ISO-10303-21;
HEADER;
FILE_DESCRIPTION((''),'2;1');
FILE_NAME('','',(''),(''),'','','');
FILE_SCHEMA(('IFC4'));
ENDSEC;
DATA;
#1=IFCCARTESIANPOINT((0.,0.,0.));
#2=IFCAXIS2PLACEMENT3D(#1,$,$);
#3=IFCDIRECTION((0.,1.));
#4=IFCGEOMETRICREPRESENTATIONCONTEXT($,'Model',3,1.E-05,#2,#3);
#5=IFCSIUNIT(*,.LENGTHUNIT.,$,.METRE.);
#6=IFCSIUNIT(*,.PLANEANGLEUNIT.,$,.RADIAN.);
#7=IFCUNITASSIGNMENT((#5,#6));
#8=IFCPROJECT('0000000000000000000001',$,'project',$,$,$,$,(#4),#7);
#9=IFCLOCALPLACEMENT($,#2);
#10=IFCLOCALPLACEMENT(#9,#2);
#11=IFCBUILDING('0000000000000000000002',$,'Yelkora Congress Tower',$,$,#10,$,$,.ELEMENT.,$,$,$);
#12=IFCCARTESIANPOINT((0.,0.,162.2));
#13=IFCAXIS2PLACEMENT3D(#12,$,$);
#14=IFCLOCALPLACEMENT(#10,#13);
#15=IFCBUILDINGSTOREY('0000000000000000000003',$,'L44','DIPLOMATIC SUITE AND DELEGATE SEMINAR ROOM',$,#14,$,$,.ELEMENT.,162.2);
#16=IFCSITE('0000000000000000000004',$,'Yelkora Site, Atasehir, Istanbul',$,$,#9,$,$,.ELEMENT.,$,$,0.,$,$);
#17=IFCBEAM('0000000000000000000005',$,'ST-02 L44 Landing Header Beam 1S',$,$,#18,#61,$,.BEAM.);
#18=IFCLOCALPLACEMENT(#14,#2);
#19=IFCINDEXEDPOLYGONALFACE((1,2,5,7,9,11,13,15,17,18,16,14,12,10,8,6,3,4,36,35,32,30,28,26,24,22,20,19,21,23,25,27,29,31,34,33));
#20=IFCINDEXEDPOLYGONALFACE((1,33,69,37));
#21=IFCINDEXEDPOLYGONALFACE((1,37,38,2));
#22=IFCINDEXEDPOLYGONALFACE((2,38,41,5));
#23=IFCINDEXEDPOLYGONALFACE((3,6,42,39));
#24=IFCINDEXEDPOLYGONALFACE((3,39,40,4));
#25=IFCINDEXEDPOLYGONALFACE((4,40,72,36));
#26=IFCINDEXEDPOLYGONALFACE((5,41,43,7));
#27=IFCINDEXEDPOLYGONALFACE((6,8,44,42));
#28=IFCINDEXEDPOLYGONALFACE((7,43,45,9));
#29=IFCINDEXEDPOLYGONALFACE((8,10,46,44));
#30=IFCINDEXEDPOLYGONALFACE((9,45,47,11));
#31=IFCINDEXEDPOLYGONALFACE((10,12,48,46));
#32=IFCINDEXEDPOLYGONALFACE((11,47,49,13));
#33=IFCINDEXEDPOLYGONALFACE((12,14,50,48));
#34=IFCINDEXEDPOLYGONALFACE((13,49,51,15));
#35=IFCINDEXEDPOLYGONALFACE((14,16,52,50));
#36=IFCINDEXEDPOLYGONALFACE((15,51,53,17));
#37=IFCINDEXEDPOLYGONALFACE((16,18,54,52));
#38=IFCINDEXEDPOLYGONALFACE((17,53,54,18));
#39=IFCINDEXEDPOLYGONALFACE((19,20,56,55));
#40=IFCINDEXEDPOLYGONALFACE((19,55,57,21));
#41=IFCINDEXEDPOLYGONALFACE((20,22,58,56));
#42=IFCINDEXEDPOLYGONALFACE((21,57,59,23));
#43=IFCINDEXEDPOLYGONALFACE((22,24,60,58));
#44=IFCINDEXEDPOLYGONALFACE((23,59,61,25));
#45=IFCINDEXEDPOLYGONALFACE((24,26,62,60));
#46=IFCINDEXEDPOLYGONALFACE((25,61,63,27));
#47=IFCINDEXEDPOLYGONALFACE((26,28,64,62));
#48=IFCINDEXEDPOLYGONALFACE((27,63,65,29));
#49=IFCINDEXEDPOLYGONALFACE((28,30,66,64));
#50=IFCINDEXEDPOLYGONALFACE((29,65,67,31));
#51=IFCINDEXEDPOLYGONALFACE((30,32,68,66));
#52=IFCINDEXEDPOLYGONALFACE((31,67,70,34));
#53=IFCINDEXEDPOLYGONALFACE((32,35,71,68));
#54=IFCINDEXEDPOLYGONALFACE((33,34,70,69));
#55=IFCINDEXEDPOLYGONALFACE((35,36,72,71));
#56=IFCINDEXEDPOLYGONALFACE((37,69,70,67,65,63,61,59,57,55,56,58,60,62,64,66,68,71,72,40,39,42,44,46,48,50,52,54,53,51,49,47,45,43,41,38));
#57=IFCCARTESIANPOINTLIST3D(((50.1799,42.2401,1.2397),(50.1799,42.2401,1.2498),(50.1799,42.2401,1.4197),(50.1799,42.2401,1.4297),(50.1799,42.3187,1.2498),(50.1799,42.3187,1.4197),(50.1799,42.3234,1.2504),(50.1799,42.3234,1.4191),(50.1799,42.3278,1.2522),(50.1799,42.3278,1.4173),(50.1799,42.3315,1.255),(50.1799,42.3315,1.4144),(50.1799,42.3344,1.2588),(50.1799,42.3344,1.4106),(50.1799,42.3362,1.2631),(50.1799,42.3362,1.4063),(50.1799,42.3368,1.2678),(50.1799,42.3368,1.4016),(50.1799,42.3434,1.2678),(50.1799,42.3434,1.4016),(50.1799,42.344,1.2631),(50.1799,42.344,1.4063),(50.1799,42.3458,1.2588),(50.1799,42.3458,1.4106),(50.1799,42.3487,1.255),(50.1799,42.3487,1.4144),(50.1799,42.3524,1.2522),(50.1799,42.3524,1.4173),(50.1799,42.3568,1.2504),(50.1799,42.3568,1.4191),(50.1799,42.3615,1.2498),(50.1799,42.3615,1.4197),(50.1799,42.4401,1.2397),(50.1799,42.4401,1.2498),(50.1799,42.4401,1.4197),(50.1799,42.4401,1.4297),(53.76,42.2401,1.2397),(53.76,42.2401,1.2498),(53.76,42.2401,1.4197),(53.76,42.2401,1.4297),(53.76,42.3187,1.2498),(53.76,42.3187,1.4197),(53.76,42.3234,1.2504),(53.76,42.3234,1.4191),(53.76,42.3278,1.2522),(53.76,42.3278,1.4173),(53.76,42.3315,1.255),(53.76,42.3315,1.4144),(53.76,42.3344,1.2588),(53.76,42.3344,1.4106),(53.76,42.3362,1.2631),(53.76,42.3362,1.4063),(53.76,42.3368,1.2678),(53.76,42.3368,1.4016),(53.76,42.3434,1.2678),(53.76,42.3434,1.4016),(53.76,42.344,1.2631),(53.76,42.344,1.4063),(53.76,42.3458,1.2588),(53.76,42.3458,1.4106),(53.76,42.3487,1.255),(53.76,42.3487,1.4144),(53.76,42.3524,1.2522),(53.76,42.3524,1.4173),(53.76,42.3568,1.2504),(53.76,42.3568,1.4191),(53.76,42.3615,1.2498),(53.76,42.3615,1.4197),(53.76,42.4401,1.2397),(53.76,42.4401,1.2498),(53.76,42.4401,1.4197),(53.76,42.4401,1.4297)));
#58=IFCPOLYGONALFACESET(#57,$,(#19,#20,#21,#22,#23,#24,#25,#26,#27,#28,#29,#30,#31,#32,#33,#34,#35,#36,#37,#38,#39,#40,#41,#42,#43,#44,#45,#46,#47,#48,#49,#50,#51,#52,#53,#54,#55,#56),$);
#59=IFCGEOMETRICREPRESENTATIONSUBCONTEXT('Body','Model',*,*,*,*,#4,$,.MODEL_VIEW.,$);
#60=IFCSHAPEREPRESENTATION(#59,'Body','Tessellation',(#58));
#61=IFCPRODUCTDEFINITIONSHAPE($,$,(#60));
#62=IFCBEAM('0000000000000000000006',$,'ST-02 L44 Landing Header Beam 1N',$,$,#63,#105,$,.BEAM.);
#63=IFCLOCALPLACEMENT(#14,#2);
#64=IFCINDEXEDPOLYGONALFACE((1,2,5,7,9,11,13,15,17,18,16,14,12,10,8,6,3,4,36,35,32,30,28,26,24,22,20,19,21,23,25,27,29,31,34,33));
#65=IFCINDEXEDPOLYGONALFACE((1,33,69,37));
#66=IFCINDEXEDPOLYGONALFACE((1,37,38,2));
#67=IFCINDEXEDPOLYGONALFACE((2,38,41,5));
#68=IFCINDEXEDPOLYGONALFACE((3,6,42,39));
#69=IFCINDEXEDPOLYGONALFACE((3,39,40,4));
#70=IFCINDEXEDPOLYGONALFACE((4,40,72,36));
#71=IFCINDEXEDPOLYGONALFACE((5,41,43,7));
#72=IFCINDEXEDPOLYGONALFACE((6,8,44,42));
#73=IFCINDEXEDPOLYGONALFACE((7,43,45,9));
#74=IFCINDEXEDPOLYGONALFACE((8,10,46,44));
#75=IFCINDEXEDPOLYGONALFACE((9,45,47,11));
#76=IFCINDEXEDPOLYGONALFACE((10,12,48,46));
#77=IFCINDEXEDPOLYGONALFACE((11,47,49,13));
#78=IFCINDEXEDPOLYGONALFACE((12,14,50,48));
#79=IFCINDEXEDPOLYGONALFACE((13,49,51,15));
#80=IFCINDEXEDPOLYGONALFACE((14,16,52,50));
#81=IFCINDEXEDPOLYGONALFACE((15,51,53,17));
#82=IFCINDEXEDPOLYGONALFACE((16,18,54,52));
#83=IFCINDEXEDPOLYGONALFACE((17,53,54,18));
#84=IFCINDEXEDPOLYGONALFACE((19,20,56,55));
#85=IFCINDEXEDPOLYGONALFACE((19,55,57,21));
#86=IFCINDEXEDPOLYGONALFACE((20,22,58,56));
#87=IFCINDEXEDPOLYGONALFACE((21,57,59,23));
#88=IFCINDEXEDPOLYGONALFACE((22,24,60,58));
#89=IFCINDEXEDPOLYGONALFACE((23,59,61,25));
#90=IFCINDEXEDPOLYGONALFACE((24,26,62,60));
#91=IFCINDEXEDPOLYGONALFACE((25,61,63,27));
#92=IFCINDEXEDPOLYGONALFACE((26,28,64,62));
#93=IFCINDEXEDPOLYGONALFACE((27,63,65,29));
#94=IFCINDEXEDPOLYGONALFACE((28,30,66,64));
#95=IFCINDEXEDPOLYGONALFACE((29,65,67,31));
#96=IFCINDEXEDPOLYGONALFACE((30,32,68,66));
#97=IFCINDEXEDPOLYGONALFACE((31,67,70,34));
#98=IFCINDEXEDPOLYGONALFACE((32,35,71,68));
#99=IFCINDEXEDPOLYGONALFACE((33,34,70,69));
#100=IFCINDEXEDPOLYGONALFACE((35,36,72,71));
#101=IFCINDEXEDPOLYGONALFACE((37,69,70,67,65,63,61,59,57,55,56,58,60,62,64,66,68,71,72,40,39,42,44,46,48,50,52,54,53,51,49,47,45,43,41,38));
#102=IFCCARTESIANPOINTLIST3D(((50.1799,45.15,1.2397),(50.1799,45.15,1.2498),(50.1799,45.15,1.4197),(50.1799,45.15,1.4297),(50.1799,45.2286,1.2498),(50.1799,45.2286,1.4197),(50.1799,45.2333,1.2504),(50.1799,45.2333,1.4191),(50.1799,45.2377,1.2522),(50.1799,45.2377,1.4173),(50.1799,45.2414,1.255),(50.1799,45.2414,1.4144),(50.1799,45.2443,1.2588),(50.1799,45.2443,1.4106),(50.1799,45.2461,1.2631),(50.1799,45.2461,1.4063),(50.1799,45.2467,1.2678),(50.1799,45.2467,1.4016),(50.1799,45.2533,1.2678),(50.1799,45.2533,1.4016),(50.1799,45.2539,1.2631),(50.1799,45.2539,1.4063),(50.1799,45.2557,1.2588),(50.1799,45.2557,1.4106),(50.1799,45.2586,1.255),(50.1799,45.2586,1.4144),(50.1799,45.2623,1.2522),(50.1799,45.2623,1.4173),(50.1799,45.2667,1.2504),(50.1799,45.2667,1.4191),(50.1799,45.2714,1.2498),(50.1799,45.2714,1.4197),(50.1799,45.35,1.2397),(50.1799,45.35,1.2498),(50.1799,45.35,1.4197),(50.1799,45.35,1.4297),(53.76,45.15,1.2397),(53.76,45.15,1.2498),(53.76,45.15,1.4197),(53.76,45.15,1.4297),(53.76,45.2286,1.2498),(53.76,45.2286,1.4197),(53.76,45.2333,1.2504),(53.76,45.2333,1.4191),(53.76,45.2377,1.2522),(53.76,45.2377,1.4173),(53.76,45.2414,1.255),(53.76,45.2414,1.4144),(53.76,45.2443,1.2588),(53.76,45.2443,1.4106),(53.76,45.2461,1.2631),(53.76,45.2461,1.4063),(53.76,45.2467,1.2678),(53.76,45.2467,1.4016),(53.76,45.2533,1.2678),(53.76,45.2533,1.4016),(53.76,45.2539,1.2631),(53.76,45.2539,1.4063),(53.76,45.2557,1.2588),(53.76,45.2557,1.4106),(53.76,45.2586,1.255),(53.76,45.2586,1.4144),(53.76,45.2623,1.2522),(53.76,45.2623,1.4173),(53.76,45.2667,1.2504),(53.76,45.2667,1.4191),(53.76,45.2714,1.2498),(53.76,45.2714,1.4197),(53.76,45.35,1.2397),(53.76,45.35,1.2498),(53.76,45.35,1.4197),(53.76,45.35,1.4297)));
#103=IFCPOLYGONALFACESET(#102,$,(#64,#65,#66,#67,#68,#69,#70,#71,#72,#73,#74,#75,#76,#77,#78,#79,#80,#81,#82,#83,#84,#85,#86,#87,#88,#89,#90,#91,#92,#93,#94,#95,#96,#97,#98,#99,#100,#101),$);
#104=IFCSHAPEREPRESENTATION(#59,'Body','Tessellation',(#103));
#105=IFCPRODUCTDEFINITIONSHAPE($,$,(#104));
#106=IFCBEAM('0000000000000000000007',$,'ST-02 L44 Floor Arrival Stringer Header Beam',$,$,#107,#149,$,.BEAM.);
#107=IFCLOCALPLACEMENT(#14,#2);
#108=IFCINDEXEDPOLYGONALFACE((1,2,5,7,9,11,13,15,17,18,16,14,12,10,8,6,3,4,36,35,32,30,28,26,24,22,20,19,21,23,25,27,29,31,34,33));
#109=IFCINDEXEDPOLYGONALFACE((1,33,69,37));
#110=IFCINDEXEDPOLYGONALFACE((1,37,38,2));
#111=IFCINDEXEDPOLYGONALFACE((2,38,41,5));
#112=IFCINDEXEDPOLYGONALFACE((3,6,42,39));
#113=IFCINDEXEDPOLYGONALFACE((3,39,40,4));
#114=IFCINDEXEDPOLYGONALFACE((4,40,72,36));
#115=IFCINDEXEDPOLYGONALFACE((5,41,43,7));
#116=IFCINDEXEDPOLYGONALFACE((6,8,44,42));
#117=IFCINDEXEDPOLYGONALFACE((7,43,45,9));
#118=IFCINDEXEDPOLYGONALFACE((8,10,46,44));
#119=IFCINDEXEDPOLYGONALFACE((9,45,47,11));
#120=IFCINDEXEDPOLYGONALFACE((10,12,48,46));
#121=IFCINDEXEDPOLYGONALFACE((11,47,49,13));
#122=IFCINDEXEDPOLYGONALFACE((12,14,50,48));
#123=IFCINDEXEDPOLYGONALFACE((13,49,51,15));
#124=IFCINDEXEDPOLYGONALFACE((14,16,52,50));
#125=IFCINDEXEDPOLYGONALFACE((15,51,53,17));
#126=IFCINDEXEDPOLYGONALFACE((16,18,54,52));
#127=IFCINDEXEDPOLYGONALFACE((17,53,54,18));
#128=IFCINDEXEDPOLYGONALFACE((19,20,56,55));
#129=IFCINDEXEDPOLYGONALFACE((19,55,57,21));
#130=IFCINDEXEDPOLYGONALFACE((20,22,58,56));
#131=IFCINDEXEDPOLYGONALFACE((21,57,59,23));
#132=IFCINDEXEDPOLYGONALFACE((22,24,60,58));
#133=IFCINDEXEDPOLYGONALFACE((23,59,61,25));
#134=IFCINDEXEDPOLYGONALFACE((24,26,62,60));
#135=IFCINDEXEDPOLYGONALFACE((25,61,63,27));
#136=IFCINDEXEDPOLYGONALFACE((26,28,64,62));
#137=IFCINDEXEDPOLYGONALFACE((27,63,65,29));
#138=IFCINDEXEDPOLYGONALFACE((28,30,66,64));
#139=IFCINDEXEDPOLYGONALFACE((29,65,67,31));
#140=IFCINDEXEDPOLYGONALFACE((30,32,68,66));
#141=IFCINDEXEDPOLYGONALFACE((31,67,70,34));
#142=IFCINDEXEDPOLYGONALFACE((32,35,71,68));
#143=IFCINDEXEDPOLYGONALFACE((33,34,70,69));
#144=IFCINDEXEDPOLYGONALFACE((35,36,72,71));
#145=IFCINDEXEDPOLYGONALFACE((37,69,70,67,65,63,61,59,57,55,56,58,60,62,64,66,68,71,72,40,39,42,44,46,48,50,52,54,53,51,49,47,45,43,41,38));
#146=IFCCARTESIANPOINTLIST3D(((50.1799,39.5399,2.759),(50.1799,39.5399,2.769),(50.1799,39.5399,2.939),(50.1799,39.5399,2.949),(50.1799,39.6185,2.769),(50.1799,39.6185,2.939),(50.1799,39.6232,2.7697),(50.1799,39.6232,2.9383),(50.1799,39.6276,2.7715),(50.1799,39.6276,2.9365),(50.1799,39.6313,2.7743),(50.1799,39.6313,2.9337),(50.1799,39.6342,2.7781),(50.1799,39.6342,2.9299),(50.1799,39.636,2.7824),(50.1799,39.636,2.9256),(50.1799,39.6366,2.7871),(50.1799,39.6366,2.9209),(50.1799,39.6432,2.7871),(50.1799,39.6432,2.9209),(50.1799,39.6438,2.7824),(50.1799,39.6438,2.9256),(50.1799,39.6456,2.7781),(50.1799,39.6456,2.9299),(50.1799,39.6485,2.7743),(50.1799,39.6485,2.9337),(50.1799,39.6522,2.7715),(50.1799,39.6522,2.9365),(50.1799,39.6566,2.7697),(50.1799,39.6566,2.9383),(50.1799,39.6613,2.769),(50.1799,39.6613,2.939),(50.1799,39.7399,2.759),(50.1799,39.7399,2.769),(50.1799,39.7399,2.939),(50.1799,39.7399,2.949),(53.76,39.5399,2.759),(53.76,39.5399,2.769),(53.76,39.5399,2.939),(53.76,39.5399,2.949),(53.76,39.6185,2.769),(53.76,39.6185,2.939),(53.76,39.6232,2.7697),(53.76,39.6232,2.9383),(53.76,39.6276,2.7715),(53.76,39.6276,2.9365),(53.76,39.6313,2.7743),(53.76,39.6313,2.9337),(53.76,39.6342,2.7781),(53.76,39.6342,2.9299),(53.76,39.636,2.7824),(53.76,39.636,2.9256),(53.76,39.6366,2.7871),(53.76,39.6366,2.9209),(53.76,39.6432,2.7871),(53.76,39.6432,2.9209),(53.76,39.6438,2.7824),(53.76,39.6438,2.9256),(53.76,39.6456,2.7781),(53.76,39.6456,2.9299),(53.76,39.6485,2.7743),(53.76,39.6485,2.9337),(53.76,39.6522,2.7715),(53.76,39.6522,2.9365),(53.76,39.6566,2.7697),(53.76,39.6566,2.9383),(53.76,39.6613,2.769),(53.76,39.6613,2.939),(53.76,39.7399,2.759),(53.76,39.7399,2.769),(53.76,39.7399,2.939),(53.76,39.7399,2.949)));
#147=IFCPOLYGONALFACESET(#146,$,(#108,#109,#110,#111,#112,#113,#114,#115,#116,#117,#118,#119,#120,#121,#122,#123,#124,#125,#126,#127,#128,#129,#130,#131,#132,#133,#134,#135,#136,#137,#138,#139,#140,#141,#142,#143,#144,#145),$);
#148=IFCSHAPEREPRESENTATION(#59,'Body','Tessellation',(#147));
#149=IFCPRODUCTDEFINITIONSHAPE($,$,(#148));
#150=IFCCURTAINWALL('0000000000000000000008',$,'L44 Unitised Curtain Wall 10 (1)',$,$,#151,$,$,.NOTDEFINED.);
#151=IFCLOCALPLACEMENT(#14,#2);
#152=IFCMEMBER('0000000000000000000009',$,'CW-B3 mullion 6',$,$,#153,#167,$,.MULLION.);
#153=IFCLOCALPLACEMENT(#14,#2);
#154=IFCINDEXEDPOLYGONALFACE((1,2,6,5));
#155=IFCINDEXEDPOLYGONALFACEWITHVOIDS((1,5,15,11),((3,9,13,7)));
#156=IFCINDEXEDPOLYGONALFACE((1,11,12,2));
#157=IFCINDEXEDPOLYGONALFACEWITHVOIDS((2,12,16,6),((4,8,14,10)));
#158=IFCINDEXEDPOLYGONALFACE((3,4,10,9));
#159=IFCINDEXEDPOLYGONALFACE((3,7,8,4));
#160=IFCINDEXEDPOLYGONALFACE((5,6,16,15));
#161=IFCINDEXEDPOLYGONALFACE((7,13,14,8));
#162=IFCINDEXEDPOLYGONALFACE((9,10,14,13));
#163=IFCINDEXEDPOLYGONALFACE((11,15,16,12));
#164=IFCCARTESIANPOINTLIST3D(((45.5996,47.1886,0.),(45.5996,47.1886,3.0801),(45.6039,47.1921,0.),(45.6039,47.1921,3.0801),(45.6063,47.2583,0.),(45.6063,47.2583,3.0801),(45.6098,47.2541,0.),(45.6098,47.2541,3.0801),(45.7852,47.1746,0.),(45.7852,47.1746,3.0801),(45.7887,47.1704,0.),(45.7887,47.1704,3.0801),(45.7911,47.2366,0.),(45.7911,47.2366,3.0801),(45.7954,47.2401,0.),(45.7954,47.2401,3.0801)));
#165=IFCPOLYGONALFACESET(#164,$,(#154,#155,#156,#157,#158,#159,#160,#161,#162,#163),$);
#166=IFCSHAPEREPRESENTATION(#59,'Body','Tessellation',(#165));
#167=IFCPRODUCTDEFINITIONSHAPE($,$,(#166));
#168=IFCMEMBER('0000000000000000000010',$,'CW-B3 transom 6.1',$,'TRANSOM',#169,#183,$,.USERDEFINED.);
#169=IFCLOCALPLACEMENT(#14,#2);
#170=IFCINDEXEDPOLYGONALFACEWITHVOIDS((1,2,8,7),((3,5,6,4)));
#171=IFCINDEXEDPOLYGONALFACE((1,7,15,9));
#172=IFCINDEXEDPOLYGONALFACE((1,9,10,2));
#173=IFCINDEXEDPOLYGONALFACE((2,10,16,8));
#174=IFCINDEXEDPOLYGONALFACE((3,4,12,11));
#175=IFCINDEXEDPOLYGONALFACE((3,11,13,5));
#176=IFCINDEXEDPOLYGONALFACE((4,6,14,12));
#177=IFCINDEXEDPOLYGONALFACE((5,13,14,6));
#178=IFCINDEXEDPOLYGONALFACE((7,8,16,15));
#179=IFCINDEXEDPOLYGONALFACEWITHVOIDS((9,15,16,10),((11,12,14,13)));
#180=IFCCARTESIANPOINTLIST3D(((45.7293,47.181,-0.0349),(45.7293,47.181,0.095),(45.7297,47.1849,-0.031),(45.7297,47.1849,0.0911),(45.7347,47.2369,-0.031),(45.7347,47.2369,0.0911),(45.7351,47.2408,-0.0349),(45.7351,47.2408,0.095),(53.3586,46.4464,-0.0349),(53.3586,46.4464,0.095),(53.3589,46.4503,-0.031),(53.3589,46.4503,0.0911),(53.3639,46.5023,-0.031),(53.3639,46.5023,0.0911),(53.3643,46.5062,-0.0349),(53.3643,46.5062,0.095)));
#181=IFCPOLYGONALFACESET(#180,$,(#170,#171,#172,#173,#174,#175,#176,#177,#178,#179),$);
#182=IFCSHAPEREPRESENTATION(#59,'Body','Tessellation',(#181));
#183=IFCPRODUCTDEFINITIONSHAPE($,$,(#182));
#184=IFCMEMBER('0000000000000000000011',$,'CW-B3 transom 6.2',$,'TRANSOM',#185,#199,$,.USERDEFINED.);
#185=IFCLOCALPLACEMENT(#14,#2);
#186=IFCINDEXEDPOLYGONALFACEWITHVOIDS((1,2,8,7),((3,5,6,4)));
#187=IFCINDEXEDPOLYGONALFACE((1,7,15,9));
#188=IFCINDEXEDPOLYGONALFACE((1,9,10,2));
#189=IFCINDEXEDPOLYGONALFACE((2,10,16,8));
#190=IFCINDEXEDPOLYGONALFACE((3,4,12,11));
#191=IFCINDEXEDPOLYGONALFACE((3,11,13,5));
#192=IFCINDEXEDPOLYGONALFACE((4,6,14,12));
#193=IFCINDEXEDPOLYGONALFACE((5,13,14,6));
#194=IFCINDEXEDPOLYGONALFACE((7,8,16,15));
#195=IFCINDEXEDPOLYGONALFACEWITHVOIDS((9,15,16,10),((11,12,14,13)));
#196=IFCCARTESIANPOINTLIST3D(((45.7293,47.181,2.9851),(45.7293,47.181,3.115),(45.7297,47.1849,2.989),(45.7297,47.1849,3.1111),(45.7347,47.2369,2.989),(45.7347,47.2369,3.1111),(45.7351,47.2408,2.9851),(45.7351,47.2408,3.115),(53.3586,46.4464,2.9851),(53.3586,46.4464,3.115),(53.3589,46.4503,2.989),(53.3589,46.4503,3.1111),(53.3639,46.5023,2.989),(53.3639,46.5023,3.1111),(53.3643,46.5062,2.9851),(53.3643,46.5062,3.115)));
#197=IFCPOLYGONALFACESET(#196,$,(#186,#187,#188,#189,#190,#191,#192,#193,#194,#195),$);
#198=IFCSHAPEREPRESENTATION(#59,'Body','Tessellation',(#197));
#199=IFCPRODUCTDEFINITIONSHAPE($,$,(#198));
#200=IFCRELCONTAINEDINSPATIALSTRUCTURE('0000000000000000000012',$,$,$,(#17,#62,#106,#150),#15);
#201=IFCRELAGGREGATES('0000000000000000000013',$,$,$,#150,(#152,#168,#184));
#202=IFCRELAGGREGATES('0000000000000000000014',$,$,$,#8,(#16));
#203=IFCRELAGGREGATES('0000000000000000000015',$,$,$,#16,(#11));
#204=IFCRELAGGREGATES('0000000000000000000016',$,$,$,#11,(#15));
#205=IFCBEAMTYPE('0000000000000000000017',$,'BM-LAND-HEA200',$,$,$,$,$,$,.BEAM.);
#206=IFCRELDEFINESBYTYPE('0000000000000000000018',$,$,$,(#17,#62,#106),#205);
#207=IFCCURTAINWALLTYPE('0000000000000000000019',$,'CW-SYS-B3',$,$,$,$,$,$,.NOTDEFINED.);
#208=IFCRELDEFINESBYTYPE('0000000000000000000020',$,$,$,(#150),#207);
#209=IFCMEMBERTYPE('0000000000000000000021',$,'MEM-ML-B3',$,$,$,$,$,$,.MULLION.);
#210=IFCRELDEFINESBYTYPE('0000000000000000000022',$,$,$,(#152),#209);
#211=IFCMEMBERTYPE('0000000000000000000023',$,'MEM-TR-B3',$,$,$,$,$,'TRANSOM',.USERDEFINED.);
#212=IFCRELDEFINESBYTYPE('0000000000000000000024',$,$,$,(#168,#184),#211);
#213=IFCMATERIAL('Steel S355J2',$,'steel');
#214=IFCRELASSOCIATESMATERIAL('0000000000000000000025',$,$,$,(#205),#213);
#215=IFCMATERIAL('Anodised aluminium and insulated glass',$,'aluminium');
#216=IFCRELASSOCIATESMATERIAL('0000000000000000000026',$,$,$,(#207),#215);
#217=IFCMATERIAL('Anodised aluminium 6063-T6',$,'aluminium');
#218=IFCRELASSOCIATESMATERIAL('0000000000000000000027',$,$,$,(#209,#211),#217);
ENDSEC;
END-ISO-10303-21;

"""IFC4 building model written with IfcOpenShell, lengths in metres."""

from ifc_helpers import new_model, si_unit, direction, frame, origin, origin_2d, place, context, subcontext, project, spatial, hollow_rectangle, i_section, extrude, material, material_profile, profile_set, type_object, element, aggregate, save


model = new_model("IFC4")

# Units and contexts
model_context = context("Model", 3, precision=1e-05, world=origin(), true_north=direction((0.0, 1.0)))
body_context = subcontext(model_context, "Body", "Model", "MODEL_VIEW")
ifc_project = project(units=[si_unit("LENGTHUNIT", "METRE"), si_unit("PLANEANGLEUNIT", "RADIAN")], contexts=[model_context])

# Site, building, storey
site_placement = place(None, origin())
site = spatial("IfcSite", under=ifc_project, at=site_placement, Name="Yelkora Site, Atasehir, Istanbul", CompositionType="ELEMENT", RefElevation=0.0)
building_placement = place(site_placement, origin())
building = spatial("IfcBuilding", under=site, at=building_placement, Name="Yelkora Congress Tower", CompositionType="ELEMENT")
storey_placement = place(building_placement, frame((0.0, 0.0, 162.2)))
storey = spatial("IfcBuildingStorey", under=building, at=storey_placement, Name="L44", Description="DIPLOMATIC SUITE AND DELEGATE SEMINAR ROOM", CompositionType="ELEMENT", Elevation=162.2)

# Beams
ifc_material_1 = material(Name="Steel S355J2", Category="steel")
ifc_material_profile_1 = material_profile(ifc_material_1, i_section(OverallWidth=0.2, OverallDepth=0.1899, WebThickness=0.0066, FlangeThickness=0.01, FilletRadius=0.0181, at=origin_2d()), Name="HEA 200")
ifc_profile_set_1 = profile_set([ifc_material_profile_1], Name="Steel S355J2")
beam_type_1 = type_object("IfcBeamType", Name="BM-LAND-HEA200", PredefinedType="BEAM", material=ifc_profile_set_1)
for number, where, z_axis, x_axis, name in (
    (1, (50.1799, 42.3401, 1.3347), (1.0, 0.0, 0.0), (0.0, 1.0, 0.0), "ST-02 L44 Landing Header Beam 1S"),
    (2, (50.1799, 45.25, 1.3347), (1.0, 0.0, 0.0), (0.0, 1.0, 0.0), "ST-02 L44 Landing Header Beam 1N"),
    (3, (50.1799, 39.6399, 2.854), (1.0, 0.0, 0.0), (0.0, 1.0, 0.0), "ST-02 L44 Floor Arrival Stringer Header Beam"),
):
    element("IfcBeam", number, at=place(storey_placement, frame(where, z_axis=z_axis, x_axis=x_axis)), inside=storey, type_object=beam_type_1, Name=name, PredefinedType="BEAM", context=body_context, shape_type="SweptSolid", body=[
        extrude(i_section(OverallWidth=0.2, OverallDepth=0.1899, WebThickness=0.0066, FlangeThickness=0.01, FilletRadius=0.0181, at=origin_2d()), origin(), (0.0, 0.0, 1.0), 3.5801),
    ])

# Curtain wall, members
ifc_material_2 = material(Name="Anodised aluminium and insulated glass", Category="aluminium")
curtain_wall_type = type_object("IfcCurtainWallType", Name="CW-SYS-B3", PredefinedType="NOTDEFINED", material=ifc_material_2)
curtain_wall_placement = place(storey_placement, origin())
curtain_wall = element("IfcCurtainWall", 4, at=curtain_wall_placement, inside=storey, type_object=curtain_wall_type, Name="L44 Unitised Curtain Wall 10 (1)", PredefinedType="NOTDEFINED")
ifc_material_3 = material(Name="Anodised aluminium 6063-T6", Category="aluminium")
ifc_material_profile_2 = material_profile(ifc_material_3, hollow_rectangle(XDim=0.0701, YDim=0.1899, WallThickness=0.0039, at=origin_2d()), Name="ALU 70x190x4")
ifc_profile_set_2 = profile_set([ifc_material_profile_2], Name="Anodised aluminium 6063-T6")
member_type_1 = type_object("IfcMemberType", Name="MEM-ML-B3", PredefinedType="MULLION", material=ifc_profile_set_2)
member_1_placement = place(storey_placement, frame((45.6975, 47.2144, 0.0), z_axis=(0.0, 0.0, 1.0), x_axis=(0.095845, 0.995396, 0.0)))
member_1 = element("IfcMember", 5, at=member_1_placement, type_object=member_type_1, Name="CW-B3 mullion 6", PredefinedType="MULLION", context=body_context, shape_type="SweptSolid", body=[
    extrude(hollow_rectangle(XDim=0.0701, YDim=0.1899, WallThickness=0.0039, at=origin_2d()), origin(), (0.0, 0.0, 1.0), 3.0801),
])
ifc_material_profile_3 = material_profile(ifc_material_3, hollow_rectangle(XDim=0.0601, YDim=0.1299, WallThickness=0.0039, at=origin_2d()), Name="ALU 60x130x4")
ifc_profile_set_3 = profile_set([ifc_material_profile_3], Name="Anodised aluminium 6063-T6")
member_type_2 = type_object("IfcMemberType", Name="MEM-TR-B3", ElementType="TRANSOM", PredefinedType="USERDEFINED", material=ifc_profile_set_3)
member_2_placement = place(storey_placement, frame((45.7322, 47.2109, 0.03), z_axis=(0.995396, -0.095848, 0.0), x_axis=(0.095848, 0.995396, 0.0)))
member_2 = element("IfcMember", 6, at=member_2_placement, type_object=member_type_2, Name="CW-B3 transom 6.1", ObjectType="TRANSOM", PredefinedType="USERDEFINED", context=body_context, shape_type="SweptSolid", body=[
    extrude(hollow_rectangle(XDim=0.0601, YDim=0.1299, WallThickness=0.0039, at=origin_2d()), origin(), (0.0, 0.0, 1.0), 7.6646),
])
member_3_placement = place(storey_placement, frame((45.7322, 47.2109, 3.05), z_axis=(0.995396, -0.095848, 0.0), x_axis=(0.095848, 0.995396, 0.0)))
member_3 = element("IfcMember", 7, at=member_3_placement, type_object=member_type_2, Name="CW-B3 transom 6.2", ObjectType="TRANSOM", PredefinedType="USERDEFINED", context=body_context, shape_type="SweptSolid", body=[
    extrude(hollow_rectangle(XDim=0.0601, YDim=0.1299, WallThickness=0.0039, at=origin_2d()), origin(), (0.0, 0.0, 1.0), 7.6646),
])
aggregate(curtain_wall, [member_1, member_2, member_3])

save(model, "model.ifc")
